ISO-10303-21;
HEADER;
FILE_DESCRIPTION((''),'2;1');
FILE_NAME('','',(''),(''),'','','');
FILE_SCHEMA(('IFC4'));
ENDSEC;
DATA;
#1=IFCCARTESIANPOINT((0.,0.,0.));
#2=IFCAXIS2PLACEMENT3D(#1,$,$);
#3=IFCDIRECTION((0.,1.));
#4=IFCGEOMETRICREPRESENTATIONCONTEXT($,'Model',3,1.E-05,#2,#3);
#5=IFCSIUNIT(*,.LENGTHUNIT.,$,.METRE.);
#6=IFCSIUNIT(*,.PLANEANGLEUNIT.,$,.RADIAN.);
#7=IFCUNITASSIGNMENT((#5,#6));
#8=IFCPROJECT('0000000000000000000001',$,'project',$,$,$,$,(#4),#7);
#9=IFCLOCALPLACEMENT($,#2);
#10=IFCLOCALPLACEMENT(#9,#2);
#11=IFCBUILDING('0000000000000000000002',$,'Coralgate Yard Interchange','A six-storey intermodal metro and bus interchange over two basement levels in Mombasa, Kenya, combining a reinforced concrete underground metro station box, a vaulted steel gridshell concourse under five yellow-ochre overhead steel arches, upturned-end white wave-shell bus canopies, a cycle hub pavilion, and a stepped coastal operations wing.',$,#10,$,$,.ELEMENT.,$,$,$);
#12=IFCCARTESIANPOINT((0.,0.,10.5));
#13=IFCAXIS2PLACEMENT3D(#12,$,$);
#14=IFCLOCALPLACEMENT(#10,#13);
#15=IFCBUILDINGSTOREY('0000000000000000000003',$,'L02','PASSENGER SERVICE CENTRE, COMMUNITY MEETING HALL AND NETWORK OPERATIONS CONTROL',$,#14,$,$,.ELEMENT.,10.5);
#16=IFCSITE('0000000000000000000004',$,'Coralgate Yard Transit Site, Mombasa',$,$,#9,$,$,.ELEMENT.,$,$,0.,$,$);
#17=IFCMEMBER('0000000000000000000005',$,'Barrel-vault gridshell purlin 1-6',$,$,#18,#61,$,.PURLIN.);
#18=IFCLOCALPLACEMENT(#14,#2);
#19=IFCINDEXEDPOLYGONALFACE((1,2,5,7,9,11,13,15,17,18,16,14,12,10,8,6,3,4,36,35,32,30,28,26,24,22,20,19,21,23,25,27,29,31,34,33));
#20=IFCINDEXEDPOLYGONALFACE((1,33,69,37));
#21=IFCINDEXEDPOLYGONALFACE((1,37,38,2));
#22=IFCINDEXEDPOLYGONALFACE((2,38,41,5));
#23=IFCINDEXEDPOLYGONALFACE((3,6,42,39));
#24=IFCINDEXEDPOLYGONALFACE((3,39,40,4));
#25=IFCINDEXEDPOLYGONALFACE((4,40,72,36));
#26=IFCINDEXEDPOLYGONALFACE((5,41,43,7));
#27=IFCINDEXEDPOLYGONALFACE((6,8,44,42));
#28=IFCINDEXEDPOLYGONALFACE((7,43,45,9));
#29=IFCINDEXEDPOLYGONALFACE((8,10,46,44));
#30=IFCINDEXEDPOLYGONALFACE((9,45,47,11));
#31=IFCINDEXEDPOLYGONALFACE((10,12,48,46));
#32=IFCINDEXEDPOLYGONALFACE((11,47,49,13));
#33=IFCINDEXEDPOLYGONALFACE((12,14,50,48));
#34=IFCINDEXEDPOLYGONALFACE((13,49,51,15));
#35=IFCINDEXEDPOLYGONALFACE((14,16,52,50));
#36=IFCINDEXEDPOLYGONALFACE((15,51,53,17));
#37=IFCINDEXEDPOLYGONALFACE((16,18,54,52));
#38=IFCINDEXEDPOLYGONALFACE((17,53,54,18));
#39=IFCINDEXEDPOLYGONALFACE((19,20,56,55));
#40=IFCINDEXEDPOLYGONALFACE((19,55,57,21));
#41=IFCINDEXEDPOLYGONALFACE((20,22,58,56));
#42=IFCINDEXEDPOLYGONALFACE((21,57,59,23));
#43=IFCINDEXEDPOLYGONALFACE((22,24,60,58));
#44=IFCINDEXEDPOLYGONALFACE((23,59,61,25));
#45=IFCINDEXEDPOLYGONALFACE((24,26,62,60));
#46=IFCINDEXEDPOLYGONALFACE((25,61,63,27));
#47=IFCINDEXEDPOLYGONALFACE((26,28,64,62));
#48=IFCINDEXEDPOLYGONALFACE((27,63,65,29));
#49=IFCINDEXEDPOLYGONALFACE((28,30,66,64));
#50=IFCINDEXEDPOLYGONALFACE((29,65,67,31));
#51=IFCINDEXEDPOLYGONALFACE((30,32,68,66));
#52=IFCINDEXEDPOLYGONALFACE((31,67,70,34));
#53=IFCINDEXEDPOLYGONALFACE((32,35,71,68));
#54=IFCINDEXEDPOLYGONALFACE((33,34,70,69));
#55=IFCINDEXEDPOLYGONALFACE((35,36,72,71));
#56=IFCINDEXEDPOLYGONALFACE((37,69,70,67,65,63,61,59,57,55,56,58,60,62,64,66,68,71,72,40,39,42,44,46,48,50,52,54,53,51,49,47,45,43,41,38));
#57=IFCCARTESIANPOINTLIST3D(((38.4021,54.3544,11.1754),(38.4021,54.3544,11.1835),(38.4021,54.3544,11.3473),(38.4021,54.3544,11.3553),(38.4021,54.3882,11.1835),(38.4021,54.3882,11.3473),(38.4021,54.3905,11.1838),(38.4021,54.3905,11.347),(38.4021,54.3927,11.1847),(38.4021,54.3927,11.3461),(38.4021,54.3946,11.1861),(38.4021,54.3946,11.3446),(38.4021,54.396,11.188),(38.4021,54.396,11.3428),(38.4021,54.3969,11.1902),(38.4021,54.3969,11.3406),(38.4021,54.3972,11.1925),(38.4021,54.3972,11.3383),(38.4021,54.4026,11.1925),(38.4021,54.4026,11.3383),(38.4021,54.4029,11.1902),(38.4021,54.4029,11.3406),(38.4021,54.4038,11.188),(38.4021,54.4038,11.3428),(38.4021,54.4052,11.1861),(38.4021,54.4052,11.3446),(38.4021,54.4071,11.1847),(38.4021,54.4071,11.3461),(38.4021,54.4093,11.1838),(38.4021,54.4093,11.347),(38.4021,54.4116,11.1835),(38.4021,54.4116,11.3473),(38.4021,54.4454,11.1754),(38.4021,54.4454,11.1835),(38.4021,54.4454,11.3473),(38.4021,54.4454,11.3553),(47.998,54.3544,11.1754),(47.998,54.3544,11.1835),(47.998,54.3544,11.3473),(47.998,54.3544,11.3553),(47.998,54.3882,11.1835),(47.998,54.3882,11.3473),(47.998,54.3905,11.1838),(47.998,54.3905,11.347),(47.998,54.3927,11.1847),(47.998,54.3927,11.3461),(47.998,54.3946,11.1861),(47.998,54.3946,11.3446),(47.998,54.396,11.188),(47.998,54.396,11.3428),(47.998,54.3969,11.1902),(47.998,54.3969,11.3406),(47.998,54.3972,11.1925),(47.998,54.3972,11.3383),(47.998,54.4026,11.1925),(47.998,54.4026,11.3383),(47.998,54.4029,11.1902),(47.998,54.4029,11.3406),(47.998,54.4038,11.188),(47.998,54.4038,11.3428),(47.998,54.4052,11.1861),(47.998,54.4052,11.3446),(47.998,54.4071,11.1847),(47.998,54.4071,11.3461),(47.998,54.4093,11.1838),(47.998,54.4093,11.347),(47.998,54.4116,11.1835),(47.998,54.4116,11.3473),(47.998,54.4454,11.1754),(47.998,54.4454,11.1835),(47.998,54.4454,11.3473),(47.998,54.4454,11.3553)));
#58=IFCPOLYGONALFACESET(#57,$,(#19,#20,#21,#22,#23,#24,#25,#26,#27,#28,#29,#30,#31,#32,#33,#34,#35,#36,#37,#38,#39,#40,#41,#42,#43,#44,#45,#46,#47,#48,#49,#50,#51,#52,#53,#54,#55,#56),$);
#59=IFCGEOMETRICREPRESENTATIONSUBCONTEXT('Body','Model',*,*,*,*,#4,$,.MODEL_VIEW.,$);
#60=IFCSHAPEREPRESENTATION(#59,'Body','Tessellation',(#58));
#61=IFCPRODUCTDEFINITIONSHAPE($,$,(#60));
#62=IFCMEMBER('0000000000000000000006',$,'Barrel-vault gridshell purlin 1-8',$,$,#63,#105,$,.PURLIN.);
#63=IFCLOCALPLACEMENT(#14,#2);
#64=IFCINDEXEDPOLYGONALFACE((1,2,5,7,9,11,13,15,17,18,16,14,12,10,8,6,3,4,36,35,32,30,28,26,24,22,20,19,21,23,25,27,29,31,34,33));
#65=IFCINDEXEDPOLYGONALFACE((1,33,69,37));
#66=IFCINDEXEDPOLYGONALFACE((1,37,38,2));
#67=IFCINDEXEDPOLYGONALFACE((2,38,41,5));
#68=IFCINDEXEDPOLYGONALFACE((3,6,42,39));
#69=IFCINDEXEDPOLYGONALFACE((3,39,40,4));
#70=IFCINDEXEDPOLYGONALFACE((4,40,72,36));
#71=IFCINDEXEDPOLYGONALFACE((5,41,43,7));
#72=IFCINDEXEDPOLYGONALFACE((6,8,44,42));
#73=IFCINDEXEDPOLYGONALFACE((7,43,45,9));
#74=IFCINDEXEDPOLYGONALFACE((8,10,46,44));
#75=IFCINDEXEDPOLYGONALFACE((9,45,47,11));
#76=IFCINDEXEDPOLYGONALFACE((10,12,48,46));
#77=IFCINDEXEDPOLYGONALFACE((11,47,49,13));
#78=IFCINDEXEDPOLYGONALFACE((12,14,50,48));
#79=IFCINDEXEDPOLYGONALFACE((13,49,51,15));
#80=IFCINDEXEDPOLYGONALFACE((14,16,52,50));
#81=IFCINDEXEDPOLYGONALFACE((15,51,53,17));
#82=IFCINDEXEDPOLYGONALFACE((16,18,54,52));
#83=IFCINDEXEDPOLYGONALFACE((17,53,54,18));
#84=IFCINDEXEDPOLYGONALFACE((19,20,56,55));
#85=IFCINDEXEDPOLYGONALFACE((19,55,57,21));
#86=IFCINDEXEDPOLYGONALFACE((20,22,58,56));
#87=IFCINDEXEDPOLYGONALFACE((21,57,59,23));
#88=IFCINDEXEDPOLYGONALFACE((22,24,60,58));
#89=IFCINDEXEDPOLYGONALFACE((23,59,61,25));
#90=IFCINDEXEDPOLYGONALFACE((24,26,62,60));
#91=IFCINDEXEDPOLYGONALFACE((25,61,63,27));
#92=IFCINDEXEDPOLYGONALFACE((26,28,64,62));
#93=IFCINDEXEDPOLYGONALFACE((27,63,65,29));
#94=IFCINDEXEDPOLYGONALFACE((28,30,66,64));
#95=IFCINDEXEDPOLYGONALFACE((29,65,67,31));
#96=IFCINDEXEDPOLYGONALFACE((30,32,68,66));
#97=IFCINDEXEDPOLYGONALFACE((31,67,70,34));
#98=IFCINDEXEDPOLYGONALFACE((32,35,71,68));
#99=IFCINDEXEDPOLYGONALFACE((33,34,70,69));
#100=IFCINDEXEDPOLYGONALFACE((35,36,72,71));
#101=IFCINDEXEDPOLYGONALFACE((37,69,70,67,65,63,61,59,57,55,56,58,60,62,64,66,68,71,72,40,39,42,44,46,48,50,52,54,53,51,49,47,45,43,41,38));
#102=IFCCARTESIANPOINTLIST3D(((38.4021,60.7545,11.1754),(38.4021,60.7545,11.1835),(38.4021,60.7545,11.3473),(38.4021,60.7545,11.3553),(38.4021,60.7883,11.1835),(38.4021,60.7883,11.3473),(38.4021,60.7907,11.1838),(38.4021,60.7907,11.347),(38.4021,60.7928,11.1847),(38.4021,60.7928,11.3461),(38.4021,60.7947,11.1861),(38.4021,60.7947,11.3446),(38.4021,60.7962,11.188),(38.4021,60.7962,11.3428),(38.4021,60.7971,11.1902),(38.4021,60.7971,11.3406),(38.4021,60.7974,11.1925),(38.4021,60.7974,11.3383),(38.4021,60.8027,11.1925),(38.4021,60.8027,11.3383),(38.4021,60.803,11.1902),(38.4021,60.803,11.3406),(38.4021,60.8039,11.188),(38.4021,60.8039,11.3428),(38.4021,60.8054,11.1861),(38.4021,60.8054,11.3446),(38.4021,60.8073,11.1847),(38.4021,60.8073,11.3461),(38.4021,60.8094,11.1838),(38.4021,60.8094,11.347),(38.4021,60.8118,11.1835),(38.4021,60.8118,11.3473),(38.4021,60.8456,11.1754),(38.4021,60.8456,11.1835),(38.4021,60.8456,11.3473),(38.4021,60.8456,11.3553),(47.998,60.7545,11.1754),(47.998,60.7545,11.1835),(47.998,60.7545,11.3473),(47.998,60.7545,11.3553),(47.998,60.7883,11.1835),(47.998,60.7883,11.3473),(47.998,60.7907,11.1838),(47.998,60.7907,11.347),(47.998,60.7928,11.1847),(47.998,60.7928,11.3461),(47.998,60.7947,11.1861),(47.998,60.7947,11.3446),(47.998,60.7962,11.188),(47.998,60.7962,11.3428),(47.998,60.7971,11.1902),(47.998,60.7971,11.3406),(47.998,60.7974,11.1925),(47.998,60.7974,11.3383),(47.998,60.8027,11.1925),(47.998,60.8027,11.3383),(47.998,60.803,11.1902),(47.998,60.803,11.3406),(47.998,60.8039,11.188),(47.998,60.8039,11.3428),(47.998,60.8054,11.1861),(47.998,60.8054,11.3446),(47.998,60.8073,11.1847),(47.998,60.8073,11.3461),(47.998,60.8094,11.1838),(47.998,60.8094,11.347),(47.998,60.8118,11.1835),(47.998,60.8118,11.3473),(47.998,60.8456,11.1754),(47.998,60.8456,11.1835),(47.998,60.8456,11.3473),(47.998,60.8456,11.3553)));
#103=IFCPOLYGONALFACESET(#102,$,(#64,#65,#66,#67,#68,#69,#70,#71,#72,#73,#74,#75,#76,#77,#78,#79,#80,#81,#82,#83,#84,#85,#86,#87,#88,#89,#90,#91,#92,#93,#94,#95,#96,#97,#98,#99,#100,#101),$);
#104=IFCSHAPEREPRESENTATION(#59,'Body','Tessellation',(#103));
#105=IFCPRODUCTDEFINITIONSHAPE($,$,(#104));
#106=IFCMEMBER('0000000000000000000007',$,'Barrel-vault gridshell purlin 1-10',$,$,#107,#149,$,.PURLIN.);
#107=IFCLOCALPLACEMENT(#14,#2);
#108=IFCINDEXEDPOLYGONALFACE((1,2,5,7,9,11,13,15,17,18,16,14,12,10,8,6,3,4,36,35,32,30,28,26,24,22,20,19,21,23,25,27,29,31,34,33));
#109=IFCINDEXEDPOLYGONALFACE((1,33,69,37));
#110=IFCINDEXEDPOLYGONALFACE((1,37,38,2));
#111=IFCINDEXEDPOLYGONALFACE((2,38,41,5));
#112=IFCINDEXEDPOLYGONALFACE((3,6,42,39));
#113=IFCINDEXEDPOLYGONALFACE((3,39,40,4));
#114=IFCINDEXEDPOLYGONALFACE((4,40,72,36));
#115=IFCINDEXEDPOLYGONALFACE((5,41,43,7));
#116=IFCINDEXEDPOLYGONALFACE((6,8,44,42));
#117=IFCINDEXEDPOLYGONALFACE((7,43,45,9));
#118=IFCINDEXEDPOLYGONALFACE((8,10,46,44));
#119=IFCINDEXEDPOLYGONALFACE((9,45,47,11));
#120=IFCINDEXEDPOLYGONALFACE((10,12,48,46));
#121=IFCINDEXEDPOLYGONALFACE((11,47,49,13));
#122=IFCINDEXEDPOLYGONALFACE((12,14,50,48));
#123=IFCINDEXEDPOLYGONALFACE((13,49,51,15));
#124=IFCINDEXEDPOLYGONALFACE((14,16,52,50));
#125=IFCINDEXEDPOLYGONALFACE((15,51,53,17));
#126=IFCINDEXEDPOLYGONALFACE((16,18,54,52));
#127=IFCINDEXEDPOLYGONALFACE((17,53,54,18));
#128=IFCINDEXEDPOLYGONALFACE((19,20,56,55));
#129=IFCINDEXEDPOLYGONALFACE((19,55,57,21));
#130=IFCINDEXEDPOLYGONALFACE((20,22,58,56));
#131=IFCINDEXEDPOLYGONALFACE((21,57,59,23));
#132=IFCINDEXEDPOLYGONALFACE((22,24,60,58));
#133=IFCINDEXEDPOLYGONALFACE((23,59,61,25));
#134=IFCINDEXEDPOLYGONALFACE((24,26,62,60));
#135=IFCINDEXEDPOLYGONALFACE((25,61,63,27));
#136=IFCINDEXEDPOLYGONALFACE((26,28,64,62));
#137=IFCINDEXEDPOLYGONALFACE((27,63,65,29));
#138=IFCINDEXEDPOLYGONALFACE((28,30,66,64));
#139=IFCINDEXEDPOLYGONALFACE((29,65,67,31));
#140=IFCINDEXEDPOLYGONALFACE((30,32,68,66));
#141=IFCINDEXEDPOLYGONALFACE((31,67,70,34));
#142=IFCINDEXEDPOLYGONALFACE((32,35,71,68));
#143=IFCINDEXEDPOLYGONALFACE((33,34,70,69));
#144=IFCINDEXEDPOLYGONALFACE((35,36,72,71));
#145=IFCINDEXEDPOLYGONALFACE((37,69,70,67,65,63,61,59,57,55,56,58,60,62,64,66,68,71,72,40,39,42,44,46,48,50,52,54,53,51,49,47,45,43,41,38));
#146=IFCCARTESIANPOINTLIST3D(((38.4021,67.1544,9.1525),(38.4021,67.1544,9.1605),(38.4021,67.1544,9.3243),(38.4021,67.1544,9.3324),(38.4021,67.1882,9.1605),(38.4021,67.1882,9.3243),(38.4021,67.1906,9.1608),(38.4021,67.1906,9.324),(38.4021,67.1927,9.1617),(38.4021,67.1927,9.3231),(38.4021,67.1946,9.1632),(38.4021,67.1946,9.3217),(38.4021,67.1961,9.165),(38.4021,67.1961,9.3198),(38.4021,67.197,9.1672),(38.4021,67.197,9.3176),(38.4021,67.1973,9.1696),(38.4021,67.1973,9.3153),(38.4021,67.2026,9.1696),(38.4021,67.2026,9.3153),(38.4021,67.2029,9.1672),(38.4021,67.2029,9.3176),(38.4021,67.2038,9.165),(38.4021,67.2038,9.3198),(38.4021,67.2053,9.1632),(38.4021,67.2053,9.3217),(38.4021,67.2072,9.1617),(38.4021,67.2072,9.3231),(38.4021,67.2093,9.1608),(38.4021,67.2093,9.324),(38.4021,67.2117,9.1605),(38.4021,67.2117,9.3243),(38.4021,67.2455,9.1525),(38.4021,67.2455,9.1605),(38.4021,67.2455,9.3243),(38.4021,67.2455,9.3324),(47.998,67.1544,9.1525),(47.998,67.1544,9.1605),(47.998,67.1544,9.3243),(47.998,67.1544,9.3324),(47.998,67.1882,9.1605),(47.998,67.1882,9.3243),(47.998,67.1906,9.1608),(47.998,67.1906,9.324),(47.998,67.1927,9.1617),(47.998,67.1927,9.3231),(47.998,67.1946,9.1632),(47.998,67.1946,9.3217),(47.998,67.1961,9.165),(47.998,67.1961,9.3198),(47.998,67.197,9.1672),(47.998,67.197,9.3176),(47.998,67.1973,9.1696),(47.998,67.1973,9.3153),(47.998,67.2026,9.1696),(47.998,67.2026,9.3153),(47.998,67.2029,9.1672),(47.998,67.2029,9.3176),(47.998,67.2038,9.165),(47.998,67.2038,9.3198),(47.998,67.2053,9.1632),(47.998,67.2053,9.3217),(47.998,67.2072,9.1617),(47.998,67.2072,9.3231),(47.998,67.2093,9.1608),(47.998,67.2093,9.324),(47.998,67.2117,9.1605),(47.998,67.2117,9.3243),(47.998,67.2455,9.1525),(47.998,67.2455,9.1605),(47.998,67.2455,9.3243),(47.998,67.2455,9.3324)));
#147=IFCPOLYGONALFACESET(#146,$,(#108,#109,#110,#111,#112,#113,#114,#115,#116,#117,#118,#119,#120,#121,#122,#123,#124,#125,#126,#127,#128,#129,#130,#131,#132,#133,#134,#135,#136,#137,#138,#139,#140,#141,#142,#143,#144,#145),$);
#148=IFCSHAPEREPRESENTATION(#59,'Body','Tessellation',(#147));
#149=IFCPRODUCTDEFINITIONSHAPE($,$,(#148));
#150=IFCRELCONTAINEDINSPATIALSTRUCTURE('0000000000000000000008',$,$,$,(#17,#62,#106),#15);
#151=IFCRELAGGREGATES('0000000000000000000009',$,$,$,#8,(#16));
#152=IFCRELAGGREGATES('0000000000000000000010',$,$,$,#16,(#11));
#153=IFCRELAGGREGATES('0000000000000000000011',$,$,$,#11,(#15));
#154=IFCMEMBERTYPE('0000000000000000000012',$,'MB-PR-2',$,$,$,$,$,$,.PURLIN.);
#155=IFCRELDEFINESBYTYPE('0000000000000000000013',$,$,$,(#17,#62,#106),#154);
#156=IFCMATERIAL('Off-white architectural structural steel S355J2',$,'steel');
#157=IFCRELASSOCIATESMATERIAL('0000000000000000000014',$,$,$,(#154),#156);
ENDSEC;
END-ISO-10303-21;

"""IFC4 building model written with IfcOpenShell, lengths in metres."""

from ifc_helpers import new_model, si_unit, direction, frame, origin, origin_2d, place, context, subcontext, project, spatial, i_section, extrude, material, material_profile, profile_set, type_object, element, save


model = new_model("IFC4")

# Units and contexts
model_context = context("Model", 3, precision=1e-05, world=origin(), true_north=direction((0.0, 1.0)))
body_context = subcontext(model_context, "Body", "Model", "MODEL_VIEW")
ifc_project = project(units=[si_unit("LENGTHUNIT", "METRE"), si_unit("PLANEANGLEUNIT", "RADIAN")], contexts=[model_context])

# Site, building, storey
site_placement = place(None, origin())
site = spatial("IfcSite", under=ifc_project, at=site_placement, Name="Coralgate Yard Transit Site, Mombasa", CompositionType="ELEMENT", RefElevation=0.0)
building_placement = place(site_placement, origin())
building = spatial("IfcBuilding", under=site, at=building_placement, Name="Coralgate Yard Interchange", Description="A six-storey intermodal metro and bus interchange over two basement levels in Mombasa, Kenya, combining a reinforced concrete underground metro station box, a vaulted steel gridshell concourse under five yellow-ochre overhead steel arches, upturned-end white wave-shell bus canopies, a cycle hub pavilion, and a stepped coastal operations wing.", CompositionType="ELEMENT")
storey_placement = place(building_placement, frame((0.0, 0.0, 10.5)))
storey = spatial("IfcBuildingStorey", under=building, at=storey_placement, Name="L02", Description="PASSENGER SERVICE CENTRE, COMMUNITY MEETING HALL AND NETWORK OPERATIONS CONTROL", CompositionType="ELEMENT", Elevation=10.5)

# Members
ifc_material_1 = material(Name="Off-white architectural structural steel S355J2", Category="steel")
ifc_material_profile_1 = material_profile(ifc_material_1, i_section(OverallWidth=0.0911, OverallDepth=0.1799, WebThickness=0.0054, FlangeThickness=0.0081, FilletRadius=0.009, at=origin_2d()), Name="IPE 180")
ifc_profile_set_1 = profile_set([ifc_material_profile_1], Name="Off-white architectural structural steel S355J2")
member_type_1 = type_object("IfcMemberType", Name="MB-PR-2", PredefinedType="PURLIN", material=ifc_profile_set_1)
for number, where, z_axis, x_axis, name in (
    (1, (38.4021, 54.3999, 11.2654), (1.0, 0.0, 0.0), (0.0, 1.0, 0.0), "Barrel-vault gridshell purlin 1-6"),
    (2, (38.4021, 60.8, 11.2654), (1.0, 0.0, 0.0), (0.0, 1.0, 0.0), "Barrel-vault gridshell purlin 1-8"),
    (3, (38.4021, 67.2, 9.2424), (1.0, 0.0, 0.0), (0.0, 1.0, 0.0), "Barrel-vault gridshell purlin 1-10"),
):
    element("IfcMember", number, at=place(storey_placement, frame(where, z_axis=z_axis, x_axis=x_axis)), inside=storey, type_object=member_type_1, Name=name, PredefinedType="PURLIN", context=body_context, shape_type="SweptSolid", body=[
        extrude(i_section(OverallWidth=0.0911, OverallDepth=0.1799, WebThickness=0.0054, FlangeThickness=0.0081, FilletRadius=0.009, at=origin_2d()), origin(), (0.0, 0.0, 1.0), 9.5959),
    ])

save(model, "model.ifc")
